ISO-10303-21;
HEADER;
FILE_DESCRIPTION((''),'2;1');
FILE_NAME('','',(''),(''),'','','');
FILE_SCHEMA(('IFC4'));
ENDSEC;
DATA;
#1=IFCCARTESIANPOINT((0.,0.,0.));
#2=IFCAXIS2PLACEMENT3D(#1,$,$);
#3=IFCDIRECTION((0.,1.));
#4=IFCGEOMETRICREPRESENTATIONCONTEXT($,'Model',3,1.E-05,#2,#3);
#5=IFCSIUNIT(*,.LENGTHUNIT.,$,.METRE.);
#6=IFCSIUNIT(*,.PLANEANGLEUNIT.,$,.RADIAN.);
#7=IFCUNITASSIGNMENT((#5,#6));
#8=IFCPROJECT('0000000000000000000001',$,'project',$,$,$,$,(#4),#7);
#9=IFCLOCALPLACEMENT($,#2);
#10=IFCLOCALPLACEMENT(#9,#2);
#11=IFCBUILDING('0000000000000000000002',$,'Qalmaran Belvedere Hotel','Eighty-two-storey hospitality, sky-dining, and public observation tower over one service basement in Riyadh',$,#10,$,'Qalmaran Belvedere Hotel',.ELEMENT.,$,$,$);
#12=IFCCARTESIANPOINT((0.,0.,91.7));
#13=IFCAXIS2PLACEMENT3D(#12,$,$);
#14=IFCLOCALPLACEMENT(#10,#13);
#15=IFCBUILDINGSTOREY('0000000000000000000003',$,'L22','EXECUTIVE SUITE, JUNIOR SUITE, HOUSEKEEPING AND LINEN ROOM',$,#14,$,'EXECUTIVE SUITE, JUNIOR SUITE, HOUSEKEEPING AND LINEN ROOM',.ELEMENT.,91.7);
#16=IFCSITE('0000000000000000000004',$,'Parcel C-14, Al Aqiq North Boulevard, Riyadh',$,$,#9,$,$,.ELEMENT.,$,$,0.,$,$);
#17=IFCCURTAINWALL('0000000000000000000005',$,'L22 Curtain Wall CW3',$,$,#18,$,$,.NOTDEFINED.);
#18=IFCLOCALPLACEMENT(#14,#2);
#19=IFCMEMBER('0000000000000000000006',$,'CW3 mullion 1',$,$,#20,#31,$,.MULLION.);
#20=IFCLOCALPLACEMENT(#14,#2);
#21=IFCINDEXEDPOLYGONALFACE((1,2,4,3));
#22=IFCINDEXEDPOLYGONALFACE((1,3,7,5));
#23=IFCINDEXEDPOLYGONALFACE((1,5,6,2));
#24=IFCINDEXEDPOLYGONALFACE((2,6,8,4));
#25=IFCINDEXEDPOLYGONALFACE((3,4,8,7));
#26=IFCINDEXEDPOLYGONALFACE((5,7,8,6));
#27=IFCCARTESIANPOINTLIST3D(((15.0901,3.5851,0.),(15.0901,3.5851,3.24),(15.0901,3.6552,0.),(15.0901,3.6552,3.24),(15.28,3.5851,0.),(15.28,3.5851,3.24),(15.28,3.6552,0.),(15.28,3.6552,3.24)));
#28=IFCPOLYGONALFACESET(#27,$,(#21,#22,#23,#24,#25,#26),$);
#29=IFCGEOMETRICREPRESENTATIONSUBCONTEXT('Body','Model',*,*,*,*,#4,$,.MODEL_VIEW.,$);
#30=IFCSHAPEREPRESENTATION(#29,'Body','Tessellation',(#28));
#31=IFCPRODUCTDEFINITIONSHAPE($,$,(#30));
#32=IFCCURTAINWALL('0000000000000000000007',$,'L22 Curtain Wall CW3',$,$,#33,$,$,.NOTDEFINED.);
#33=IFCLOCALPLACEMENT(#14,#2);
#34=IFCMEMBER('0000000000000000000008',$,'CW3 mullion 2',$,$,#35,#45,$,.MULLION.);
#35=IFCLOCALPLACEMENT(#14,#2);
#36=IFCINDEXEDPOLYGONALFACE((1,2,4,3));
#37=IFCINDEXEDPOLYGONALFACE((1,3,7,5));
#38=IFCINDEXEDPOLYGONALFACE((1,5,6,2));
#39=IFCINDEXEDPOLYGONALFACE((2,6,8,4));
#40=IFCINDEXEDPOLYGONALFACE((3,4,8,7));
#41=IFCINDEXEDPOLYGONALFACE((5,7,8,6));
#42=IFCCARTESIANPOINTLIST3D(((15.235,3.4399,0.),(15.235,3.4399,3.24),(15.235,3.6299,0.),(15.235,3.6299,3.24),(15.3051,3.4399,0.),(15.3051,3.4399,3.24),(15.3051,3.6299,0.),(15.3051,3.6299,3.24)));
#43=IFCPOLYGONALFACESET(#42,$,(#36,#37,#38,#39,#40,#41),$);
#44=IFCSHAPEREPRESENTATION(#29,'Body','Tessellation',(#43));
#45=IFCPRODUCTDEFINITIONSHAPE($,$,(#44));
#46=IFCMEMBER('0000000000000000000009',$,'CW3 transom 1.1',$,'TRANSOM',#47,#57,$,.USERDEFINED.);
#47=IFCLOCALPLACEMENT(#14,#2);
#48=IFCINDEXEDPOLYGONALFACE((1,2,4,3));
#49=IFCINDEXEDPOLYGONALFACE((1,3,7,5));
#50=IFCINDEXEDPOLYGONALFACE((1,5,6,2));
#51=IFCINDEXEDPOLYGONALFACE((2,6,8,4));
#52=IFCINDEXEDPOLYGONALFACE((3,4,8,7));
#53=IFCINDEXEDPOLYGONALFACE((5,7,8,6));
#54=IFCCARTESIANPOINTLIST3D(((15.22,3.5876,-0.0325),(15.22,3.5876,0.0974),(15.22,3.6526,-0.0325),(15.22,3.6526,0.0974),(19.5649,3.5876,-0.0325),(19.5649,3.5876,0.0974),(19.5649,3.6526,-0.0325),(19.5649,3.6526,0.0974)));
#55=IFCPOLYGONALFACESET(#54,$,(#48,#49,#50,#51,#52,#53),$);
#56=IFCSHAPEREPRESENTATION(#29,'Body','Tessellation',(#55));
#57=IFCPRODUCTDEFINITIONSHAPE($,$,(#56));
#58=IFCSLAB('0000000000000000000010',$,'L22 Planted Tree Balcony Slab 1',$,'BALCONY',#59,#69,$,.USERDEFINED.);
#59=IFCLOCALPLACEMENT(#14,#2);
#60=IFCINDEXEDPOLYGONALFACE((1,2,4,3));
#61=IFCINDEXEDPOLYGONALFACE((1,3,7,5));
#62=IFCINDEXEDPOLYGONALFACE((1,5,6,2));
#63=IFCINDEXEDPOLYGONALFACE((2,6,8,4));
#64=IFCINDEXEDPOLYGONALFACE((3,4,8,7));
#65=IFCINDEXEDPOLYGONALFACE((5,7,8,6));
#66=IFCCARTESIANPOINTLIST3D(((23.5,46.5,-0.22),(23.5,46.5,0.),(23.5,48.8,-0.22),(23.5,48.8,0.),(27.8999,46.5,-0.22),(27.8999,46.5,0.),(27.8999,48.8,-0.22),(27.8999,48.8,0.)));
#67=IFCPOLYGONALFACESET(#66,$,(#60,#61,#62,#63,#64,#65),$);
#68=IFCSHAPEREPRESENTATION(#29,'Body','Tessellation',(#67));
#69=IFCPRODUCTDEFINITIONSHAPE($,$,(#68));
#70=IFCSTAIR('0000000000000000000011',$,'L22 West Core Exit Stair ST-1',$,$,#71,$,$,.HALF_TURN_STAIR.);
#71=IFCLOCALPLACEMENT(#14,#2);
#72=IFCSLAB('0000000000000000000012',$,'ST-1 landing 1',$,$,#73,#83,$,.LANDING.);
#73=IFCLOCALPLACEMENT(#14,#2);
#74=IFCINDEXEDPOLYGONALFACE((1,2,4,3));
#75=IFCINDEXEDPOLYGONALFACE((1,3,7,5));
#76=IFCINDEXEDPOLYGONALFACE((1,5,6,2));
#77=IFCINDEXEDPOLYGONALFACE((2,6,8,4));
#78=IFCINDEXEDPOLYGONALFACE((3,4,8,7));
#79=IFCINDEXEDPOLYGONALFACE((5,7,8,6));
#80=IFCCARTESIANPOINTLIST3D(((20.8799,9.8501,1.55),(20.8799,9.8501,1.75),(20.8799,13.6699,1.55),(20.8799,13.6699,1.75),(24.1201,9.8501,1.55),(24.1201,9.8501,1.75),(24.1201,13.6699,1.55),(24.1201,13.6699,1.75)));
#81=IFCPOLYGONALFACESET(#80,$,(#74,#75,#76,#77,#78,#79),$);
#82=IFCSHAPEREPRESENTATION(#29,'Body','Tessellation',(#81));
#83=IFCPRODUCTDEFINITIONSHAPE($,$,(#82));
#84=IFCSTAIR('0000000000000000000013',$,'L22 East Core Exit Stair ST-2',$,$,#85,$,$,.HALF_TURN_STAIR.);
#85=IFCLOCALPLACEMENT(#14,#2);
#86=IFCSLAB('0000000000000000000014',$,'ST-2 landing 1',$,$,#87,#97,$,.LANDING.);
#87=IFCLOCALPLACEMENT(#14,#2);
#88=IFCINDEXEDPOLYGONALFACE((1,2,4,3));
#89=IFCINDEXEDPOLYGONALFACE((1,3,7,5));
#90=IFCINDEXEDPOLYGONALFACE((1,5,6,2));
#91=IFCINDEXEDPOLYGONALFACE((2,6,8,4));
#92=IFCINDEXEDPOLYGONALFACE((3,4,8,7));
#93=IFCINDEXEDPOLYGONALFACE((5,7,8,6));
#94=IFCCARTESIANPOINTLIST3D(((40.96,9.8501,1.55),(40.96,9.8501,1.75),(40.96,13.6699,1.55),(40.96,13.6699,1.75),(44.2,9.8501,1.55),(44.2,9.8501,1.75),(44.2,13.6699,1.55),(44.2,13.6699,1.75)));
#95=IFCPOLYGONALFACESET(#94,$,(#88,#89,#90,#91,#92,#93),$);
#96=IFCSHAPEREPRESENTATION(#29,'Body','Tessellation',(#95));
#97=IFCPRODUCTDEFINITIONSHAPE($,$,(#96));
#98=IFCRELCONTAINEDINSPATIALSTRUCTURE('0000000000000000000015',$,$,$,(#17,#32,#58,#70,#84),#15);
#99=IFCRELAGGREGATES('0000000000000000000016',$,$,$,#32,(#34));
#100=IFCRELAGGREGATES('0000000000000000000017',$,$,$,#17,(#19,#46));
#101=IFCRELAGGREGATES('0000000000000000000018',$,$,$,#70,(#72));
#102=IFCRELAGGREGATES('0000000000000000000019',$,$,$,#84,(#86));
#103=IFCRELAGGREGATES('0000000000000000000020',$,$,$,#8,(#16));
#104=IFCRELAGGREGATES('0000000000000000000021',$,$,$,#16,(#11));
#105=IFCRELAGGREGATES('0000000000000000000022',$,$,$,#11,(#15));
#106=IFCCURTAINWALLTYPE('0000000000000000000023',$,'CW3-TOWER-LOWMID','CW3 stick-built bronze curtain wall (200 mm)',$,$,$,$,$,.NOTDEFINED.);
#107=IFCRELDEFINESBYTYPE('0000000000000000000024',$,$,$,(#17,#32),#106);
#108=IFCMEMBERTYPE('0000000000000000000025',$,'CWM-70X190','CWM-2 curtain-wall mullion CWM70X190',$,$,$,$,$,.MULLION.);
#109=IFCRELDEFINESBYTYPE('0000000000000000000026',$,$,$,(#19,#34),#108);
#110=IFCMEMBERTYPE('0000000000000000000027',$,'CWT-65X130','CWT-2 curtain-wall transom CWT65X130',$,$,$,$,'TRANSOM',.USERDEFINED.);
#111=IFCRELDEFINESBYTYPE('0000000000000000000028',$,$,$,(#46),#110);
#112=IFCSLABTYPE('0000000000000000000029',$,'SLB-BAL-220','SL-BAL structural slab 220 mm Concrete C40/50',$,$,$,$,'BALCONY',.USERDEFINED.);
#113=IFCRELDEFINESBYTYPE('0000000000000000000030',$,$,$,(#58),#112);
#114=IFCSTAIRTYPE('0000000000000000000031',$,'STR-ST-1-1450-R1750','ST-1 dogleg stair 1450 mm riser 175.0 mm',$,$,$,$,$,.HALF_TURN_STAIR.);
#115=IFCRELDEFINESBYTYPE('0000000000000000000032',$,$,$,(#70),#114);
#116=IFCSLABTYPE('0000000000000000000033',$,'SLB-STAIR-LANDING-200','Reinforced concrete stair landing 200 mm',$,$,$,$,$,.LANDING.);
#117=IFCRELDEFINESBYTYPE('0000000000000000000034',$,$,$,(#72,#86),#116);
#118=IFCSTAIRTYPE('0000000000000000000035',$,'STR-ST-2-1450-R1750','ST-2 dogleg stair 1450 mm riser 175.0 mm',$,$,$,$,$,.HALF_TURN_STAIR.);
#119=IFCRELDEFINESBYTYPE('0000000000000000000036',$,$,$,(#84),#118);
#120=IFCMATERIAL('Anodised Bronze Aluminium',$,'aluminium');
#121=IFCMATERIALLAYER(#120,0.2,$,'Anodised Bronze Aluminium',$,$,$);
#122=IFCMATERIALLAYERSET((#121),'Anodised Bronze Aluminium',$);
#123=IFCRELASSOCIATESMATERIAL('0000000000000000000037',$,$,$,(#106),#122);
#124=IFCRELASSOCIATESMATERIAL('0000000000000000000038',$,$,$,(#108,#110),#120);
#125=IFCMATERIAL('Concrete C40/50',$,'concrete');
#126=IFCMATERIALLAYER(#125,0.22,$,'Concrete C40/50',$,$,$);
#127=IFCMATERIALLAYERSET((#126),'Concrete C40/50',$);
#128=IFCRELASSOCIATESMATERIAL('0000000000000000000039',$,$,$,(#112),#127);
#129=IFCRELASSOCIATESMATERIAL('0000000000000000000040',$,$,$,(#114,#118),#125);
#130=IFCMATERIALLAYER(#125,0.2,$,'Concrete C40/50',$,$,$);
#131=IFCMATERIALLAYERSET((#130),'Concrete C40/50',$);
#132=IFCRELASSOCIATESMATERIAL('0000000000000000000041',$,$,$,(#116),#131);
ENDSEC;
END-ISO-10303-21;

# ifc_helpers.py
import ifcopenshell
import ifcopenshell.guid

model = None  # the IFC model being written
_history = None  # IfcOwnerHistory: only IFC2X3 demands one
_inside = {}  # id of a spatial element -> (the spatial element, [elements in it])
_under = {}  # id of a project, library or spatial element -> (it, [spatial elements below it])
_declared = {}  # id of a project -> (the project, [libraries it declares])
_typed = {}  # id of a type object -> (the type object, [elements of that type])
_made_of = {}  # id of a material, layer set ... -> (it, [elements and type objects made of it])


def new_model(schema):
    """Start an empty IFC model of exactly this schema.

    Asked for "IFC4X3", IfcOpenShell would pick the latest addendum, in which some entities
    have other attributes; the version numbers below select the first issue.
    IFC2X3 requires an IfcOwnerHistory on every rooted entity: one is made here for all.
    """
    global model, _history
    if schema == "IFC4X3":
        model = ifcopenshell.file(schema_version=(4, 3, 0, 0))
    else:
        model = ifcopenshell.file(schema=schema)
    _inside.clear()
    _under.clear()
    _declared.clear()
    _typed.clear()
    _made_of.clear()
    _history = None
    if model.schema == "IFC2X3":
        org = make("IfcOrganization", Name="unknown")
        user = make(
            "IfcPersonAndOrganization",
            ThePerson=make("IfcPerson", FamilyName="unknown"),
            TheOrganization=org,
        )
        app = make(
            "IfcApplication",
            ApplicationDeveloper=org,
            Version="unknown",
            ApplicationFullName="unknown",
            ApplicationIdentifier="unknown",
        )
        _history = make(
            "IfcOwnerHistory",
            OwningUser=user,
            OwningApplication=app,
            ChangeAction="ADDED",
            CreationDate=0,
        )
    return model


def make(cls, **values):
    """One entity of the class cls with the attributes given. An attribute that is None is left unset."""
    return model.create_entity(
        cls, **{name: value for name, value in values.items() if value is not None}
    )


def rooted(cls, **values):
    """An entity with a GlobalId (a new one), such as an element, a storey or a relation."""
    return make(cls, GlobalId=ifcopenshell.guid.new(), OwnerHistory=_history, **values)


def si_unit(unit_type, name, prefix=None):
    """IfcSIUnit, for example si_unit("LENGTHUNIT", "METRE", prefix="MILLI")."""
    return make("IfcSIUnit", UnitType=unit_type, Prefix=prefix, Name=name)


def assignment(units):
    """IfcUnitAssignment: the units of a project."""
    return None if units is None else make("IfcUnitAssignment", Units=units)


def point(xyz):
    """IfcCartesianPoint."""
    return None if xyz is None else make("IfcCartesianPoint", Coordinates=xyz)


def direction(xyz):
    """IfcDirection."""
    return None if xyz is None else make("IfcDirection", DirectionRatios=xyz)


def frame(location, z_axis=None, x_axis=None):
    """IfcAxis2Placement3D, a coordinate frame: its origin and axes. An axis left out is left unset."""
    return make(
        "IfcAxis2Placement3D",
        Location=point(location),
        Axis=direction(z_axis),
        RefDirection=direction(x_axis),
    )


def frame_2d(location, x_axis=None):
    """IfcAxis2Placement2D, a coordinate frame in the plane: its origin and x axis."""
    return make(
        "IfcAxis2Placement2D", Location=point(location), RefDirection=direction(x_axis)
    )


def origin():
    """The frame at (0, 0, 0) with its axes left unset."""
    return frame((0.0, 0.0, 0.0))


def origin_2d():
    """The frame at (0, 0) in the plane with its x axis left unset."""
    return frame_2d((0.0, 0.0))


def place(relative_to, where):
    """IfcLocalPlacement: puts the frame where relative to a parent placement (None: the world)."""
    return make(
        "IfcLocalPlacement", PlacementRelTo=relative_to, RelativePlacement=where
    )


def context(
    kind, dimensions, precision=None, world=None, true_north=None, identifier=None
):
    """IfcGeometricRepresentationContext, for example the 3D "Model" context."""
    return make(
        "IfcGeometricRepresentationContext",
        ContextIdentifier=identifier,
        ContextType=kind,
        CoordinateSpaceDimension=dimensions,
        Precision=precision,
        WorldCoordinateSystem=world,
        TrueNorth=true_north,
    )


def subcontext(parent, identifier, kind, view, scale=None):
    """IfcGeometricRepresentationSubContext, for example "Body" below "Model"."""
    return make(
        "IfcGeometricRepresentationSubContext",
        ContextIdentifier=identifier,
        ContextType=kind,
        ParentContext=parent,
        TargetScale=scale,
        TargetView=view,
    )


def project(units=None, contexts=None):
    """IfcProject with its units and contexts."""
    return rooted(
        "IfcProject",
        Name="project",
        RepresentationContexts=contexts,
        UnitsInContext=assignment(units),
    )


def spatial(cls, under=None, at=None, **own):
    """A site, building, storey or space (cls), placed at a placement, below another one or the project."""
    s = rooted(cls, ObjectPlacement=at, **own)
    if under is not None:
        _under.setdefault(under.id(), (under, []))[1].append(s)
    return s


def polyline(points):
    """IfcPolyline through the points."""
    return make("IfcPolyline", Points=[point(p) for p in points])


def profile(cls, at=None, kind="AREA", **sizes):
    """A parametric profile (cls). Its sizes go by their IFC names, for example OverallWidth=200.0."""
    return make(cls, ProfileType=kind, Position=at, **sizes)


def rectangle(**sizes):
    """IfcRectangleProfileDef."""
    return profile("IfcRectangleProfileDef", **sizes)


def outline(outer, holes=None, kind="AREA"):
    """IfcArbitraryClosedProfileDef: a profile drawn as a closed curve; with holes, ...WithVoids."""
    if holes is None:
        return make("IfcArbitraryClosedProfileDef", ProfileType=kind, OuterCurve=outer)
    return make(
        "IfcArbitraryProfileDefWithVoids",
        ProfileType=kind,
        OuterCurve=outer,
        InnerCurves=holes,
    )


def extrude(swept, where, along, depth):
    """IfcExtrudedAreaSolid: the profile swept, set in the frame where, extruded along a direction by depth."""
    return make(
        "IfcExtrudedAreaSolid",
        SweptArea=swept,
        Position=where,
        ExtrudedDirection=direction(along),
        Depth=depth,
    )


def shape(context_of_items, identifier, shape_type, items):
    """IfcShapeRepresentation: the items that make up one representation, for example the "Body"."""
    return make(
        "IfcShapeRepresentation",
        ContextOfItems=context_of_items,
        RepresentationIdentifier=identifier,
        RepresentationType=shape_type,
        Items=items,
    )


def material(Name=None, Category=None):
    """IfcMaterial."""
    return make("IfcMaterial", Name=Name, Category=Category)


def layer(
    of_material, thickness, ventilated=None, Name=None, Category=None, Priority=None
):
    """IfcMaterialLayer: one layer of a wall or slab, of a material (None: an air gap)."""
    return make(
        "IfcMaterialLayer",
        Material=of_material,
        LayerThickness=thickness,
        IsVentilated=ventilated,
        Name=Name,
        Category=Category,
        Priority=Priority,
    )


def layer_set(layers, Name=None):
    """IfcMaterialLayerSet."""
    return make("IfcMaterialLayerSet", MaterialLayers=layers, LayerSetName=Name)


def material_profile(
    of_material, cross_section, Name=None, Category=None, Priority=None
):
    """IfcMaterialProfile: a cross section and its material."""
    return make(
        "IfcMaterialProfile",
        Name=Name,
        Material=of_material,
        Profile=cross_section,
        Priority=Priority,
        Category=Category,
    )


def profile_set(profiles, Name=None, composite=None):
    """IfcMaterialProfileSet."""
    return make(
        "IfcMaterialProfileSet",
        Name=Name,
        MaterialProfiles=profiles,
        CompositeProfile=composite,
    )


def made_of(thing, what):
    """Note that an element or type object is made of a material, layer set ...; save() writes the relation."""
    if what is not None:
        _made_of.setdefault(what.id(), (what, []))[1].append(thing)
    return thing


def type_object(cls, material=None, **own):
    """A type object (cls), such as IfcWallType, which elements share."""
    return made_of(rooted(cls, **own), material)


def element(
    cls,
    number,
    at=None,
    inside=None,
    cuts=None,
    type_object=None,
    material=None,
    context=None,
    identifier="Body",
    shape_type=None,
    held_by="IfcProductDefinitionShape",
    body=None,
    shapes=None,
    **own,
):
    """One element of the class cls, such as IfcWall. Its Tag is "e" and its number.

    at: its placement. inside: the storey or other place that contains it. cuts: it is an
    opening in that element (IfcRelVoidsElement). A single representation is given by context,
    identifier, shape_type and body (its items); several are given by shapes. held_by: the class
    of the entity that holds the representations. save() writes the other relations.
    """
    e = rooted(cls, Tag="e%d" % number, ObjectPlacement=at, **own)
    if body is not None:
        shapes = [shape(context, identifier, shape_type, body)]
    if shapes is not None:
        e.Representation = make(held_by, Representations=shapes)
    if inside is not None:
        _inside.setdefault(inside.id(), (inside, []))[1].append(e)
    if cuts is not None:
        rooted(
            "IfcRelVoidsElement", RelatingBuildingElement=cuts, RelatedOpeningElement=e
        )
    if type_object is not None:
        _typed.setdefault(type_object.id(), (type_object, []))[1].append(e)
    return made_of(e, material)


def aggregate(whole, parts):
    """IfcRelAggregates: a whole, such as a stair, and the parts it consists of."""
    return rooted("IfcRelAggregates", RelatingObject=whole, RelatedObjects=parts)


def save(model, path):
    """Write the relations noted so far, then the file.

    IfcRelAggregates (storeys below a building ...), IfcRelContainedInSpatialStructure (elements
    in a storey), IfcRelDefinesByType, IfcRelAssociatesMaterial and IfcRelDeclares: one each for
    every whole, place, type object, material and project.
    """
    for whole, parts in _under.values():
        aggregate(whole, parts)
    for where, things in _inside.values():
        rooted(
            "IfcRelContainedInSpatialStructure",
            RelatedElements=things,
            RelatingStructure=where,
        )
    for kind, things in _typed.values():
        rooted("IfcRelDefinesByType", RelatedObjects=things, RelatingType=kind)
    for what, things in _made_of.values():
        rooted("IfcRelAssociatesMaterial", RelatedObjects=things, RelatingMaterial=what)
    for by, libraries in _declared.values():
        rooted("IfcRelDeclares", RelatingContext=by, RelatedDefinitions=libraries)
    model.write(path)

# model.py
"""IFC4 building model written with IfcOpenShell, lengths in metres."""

from ifc_helpers import new_model, si_unit, direction, frame, origin, origin_2d, place, context, subcontext, project, spatial, polyline, rectangle, outline, extrude, material, layer, layer_set, material_profile, profile_set, type_object, element, aggregate, save


model = new_model("IFC4")

# Units and contexts
model_context = context("Model", 3, precision=1e-05, world=origin(), true_north=direction((0.0, 1.0)))
body_context = subcontext(model_context, "Body", "Model", "MODEL_VIEW")
ifc_project = project(units=[si_unit("LENGTHUNIT", "METRE"), si_unit("PLANEANGLEUNIT", "RADIAN")], contexts=[model_context])

# Site, building, storey
site_placement = place(None, origin())
site = spatial("IfcSite", under=ifc_project, at=site_placement, Name="Parcel C-14, Al Aqiq North Boulevard, Riyadh", CompositionType="ELEMENT", RefElevation=0.0)
building_placement = place(site_placement, origin())
building = spatial("IfcBuilding", under=site, at=building_placement, Name="Qalmaran Belvedere Hotel", Description="Eighty-two-storey hospitality, sky-dining, and public observation tower over one service basement in Riyadh", LongName="Qalmaran Belvedere Hotel", CompositionType="ELEMENT")
storey_placement = place(building_placement, frame((0.0, 0.0, 91.7)))
storey = spatial("IfcBuildingStorey", under=building, at=storey_placement, Name="L22", Description="EXECUTIVE SUITE, JUNIOR SUITE, HOUSEKEEPING AND LINEN ROOM", LongName="EXECUTIVE SUITE, JUNIOR SUITE, HOUSEKEEPING AND LINEN ROOM", CompositionType="ELEMENT", Elevation=91.7)

# Curtain walls, members
ifc_material_1 = material(Name="Anodised Bronze Aluminium", Category="aluminium")
ifc_layer_1 = layer(ifc_material_1, 0.2, Name="Anodised Bronze Aluminium")
ifc_layer_set_1 = layer_set([ifc_layer_1], Name="Anodised Bronze Aluminium")
curtain_wall_type = type_object("IfcCurtainWallType", Name="CW3-TOWER-LOWMID", Description="CW3 stick-built bronze curtain wall (200 mm)", PredefinedType="NOTDEFINED", material=ifc_layer_set_1)
curtain_wall_1_placement = place(storey_placement, origin())
curtain_wall_1 = element("IfcCurtainWall", 1, at=curtain_wall_1_placement, inside=storey, type_object=curtain_wall_type, Name="L22 Curtain Wall CW3", PredefinedType="NOTDEFINED")
ifc_material_profile_1 = material_profile(ifc_material_1, rectangle(XDim=0.0701, YDim=0.1899, at=origin_2d()), Name="CWM70X190")
ifc_profile_set_1 = profile_set([ifc_material_profile_1], Name="Anodised Bronze Aluminium")
member_type_1 = type_object("IfcMemberType", Name="CWM-70X190", Description="CWM-2 curtain-wall mullion CWM70X190", PredefinedType="MULLION", material=ifc_profile_set_1)
member_1_placement = place(storey_placement, frame((15.1851, 3.6201, 0.0), z_axis=(0.0, 0.0, 1.0), x_axis=(0.0, 1.0, 0.0)))
member_1 = element("IfcMember", 2, at=member_1_placement, type_object=member_type_1, Name="CW3 mullion 1", PredefinedType="MULLION", context=body_context, shape_type="SweptSolid", body=[
    extrude(rectangle(XDim=0.0701, YDim=0.1899, at=origin_2d()), origin(), (0.0, 0.0, 1.0), 3.24),
])
curtain_wall_2_placement = place(storey_placement, origin())
curtain_wall_2 = element("IfcCurtainWall", 3, at=curtain_wall_2_placement, inside=storey, type_object=curtain_wall_type, Name="L22 Curtain Wall CW3", PredefinedType="NOTDEFINED")
member_2_placement = place(storey_placement, frame((15.27, 3.5349, 0.0), z_axis=(0.0, 0.0, 1.0), x_axis=(1.0, 0.0, 0.0)))
member_2 = element("IfcMember", 4, at=member_2_placement, type_object=member_type_1, Name="CW3 mullion 2", PredefinedType="MULLION", context=body_context, shape_type="SweptSolid", body=[
    extrude(rectangle(XDim=0.0701, YDim=0.1899, at=origin_2d()), origin(), (0.0, 0.0, 1.0), 3.24),
])
aggregate(curtain_wall_2, [member_2])

# Member
ifc_material_profile_2 = material_profile(ifc_material_1, rectangle(XDim=0.0649, YDim=0.1299, at=origin_2d()), Name="CWT65X130")
ifc_profile_set_2 = profile_set([ifc_material_profile_2], Name="Anodised Bronze Aluminium")
member_type_2 = type_object("IfcMemberType", Name="CWT-65X130", Description="CWT-2 curtain-wall transom CWT65X130", ElementType="TRANSOM", PredefinedType="USERDEFINED", material=ifc_profile_set_2)
member_3_placement = place(storey_placement, frame((15.22, 3.6201, 0.0325), z_axis=(1.0, 0.0, 0.0), x_axis=(0.0, 1.0, 0.0)))
member_3 = element("IfcMember", 5, at=member_3_placement, type_object=member_type_2, Name="CW3 transom 1.1", ObjectType="TRANSOM", PredefinedType="USERDEFINED", context=body_context, shape_type="SweptSolid", body=[
    extrude(rectangle(XDim=0.0649, YDim=0.1299, at=origin_2d()), origin(), (0.0, 0.0, 1.0), 4.345),
])
aggregate(curtain_wall_1, [member_1, member_3])

# Slab
ifc_material_2 = material(Name="Concrete C40/50", Category="concrete")
ifc_layer_2 = layer(ifc_material_2, 0.22, Name="Concrete C40/50")
ifc_layer_set_2 = layer_set([ifc_layer_2], Name="Concrete C40/50")
slab_type_1 = type_object("IfcSlabType", Name="SLB-BAL-220", Description="SL-BAL structural slab 220 mm Concrete C40/50", ElementType="BALCONY", PredefinedType="USERDEFINED", material=ifc_layer_set_2)
slab_1_placement = place(storey_placement, frame((0.0, 0.0, -0.22)))
element("IfcSlab", 6, at=slab_1_placement, inside=storey, type_object=slab_type_1, Name="L22 Planted Tree Balcony Slab 1", ObjectType="BALCONY", PredefinedType="USERDEFINED", context=body_context, shape_type="SweptSolid", body=[
    extrude(outline(polyline([(23.5, 46.5), (27.8999, 46.5), (27.8999, 48.8), (23.5, 48.8), (23.5, 46.5)])), origin(), (0.0, 0.0, 1.0), 0.22),
])

# Stairs, slabs
stair_type_1 = type_object("IfcStairType", Name="STR-ST-1-1450-R1750", Description="ST-1 dogleg stair 1450 mm riser 175.0 mm", PredefinedType="HALF_TURN_STAIR", material=ifc_material_2)
stair_1_placement = place(storey_placement, origin())
stair_1 = element("IfcStair", 7, at=stair_1_placement, inside=storey, type_object=stair_type_1, Name="L22 West Core Exit Stair ST-1", PredefinedType="HALF_TURN_STAIR")
ifc_layer_3 = layer(ifc_material_2, 0.2, Name="Concrete C40/50")
ifc_layer_set_3 = layer_set([ifc_layer_3], Name="Concrete C40/50")
slab_type_2 = type_object("IfcSlabType", Name="SLB-STAIR-LANDING-200", Description="Reinforced concrete stair landing 200 mm", PredefinedType="LANDING", material=ifc_layer_set_3)
slab_2_placement = place(storey_placement, frame((0.0, 0.0, 1.55)))
slab_2 = element("IfcSlab", 8, at=slab_2_placement, type_object=slab_type_2, Name="ST-1 landing 1", PredefinedType="LANDING", context=body_context, shape_type="SweptSolid", body=[
    extrude(outline(polyline([(20.8799, 13.6699), (20.8799, 9.8501), (24.1201, 9.8501), (24.1201, 13.6699), (20.8799, 13.6699)])), origin(), (0.0, 0.0, 1.0), 0.2),
])
aggregate(stair_1, [slab_2])
stair_type_2 = type_object("IfcStairType", Name="STR-ST-2-1450-R1750", Description="ST-2 dogleg stair 1450 mm riser 175.0 mm", PredefinedType="HALF_TURN_STAIR", material=ifc_material_2)
stair_2_placement = place(storey_placement, origin())
stair_2 = element("IfcStair", 9, at=stair_2_placement, inside=storey, type_object=stair_type_2, Name="L22 East Core Exit Stair ST-2", PredefinedType="HALF_TURN_STAIR")
slab_3_placement = place(storey_placement, frame((0.0, 0.0, 1.55)))
slab_3 = element("IfcSlab", 10, at=slab_3_placement, type_object=slab_type_2, Name="ST-2 landing 1", PredefinedType="LANDING", context=body_context, shape_type="SweptSolid", body=[
    extrude(outline(polyline([(40.96, 13.6699), (40.96, 9.8501), (44.2, 9.8501), (44.2, 13.6699), (40.96, 13.6699)])), origin(), (0.0, 0.0, 1.0), 0.2),
])
aggregate(stair_2, [slab_3])

save(model, "model.ifc")
